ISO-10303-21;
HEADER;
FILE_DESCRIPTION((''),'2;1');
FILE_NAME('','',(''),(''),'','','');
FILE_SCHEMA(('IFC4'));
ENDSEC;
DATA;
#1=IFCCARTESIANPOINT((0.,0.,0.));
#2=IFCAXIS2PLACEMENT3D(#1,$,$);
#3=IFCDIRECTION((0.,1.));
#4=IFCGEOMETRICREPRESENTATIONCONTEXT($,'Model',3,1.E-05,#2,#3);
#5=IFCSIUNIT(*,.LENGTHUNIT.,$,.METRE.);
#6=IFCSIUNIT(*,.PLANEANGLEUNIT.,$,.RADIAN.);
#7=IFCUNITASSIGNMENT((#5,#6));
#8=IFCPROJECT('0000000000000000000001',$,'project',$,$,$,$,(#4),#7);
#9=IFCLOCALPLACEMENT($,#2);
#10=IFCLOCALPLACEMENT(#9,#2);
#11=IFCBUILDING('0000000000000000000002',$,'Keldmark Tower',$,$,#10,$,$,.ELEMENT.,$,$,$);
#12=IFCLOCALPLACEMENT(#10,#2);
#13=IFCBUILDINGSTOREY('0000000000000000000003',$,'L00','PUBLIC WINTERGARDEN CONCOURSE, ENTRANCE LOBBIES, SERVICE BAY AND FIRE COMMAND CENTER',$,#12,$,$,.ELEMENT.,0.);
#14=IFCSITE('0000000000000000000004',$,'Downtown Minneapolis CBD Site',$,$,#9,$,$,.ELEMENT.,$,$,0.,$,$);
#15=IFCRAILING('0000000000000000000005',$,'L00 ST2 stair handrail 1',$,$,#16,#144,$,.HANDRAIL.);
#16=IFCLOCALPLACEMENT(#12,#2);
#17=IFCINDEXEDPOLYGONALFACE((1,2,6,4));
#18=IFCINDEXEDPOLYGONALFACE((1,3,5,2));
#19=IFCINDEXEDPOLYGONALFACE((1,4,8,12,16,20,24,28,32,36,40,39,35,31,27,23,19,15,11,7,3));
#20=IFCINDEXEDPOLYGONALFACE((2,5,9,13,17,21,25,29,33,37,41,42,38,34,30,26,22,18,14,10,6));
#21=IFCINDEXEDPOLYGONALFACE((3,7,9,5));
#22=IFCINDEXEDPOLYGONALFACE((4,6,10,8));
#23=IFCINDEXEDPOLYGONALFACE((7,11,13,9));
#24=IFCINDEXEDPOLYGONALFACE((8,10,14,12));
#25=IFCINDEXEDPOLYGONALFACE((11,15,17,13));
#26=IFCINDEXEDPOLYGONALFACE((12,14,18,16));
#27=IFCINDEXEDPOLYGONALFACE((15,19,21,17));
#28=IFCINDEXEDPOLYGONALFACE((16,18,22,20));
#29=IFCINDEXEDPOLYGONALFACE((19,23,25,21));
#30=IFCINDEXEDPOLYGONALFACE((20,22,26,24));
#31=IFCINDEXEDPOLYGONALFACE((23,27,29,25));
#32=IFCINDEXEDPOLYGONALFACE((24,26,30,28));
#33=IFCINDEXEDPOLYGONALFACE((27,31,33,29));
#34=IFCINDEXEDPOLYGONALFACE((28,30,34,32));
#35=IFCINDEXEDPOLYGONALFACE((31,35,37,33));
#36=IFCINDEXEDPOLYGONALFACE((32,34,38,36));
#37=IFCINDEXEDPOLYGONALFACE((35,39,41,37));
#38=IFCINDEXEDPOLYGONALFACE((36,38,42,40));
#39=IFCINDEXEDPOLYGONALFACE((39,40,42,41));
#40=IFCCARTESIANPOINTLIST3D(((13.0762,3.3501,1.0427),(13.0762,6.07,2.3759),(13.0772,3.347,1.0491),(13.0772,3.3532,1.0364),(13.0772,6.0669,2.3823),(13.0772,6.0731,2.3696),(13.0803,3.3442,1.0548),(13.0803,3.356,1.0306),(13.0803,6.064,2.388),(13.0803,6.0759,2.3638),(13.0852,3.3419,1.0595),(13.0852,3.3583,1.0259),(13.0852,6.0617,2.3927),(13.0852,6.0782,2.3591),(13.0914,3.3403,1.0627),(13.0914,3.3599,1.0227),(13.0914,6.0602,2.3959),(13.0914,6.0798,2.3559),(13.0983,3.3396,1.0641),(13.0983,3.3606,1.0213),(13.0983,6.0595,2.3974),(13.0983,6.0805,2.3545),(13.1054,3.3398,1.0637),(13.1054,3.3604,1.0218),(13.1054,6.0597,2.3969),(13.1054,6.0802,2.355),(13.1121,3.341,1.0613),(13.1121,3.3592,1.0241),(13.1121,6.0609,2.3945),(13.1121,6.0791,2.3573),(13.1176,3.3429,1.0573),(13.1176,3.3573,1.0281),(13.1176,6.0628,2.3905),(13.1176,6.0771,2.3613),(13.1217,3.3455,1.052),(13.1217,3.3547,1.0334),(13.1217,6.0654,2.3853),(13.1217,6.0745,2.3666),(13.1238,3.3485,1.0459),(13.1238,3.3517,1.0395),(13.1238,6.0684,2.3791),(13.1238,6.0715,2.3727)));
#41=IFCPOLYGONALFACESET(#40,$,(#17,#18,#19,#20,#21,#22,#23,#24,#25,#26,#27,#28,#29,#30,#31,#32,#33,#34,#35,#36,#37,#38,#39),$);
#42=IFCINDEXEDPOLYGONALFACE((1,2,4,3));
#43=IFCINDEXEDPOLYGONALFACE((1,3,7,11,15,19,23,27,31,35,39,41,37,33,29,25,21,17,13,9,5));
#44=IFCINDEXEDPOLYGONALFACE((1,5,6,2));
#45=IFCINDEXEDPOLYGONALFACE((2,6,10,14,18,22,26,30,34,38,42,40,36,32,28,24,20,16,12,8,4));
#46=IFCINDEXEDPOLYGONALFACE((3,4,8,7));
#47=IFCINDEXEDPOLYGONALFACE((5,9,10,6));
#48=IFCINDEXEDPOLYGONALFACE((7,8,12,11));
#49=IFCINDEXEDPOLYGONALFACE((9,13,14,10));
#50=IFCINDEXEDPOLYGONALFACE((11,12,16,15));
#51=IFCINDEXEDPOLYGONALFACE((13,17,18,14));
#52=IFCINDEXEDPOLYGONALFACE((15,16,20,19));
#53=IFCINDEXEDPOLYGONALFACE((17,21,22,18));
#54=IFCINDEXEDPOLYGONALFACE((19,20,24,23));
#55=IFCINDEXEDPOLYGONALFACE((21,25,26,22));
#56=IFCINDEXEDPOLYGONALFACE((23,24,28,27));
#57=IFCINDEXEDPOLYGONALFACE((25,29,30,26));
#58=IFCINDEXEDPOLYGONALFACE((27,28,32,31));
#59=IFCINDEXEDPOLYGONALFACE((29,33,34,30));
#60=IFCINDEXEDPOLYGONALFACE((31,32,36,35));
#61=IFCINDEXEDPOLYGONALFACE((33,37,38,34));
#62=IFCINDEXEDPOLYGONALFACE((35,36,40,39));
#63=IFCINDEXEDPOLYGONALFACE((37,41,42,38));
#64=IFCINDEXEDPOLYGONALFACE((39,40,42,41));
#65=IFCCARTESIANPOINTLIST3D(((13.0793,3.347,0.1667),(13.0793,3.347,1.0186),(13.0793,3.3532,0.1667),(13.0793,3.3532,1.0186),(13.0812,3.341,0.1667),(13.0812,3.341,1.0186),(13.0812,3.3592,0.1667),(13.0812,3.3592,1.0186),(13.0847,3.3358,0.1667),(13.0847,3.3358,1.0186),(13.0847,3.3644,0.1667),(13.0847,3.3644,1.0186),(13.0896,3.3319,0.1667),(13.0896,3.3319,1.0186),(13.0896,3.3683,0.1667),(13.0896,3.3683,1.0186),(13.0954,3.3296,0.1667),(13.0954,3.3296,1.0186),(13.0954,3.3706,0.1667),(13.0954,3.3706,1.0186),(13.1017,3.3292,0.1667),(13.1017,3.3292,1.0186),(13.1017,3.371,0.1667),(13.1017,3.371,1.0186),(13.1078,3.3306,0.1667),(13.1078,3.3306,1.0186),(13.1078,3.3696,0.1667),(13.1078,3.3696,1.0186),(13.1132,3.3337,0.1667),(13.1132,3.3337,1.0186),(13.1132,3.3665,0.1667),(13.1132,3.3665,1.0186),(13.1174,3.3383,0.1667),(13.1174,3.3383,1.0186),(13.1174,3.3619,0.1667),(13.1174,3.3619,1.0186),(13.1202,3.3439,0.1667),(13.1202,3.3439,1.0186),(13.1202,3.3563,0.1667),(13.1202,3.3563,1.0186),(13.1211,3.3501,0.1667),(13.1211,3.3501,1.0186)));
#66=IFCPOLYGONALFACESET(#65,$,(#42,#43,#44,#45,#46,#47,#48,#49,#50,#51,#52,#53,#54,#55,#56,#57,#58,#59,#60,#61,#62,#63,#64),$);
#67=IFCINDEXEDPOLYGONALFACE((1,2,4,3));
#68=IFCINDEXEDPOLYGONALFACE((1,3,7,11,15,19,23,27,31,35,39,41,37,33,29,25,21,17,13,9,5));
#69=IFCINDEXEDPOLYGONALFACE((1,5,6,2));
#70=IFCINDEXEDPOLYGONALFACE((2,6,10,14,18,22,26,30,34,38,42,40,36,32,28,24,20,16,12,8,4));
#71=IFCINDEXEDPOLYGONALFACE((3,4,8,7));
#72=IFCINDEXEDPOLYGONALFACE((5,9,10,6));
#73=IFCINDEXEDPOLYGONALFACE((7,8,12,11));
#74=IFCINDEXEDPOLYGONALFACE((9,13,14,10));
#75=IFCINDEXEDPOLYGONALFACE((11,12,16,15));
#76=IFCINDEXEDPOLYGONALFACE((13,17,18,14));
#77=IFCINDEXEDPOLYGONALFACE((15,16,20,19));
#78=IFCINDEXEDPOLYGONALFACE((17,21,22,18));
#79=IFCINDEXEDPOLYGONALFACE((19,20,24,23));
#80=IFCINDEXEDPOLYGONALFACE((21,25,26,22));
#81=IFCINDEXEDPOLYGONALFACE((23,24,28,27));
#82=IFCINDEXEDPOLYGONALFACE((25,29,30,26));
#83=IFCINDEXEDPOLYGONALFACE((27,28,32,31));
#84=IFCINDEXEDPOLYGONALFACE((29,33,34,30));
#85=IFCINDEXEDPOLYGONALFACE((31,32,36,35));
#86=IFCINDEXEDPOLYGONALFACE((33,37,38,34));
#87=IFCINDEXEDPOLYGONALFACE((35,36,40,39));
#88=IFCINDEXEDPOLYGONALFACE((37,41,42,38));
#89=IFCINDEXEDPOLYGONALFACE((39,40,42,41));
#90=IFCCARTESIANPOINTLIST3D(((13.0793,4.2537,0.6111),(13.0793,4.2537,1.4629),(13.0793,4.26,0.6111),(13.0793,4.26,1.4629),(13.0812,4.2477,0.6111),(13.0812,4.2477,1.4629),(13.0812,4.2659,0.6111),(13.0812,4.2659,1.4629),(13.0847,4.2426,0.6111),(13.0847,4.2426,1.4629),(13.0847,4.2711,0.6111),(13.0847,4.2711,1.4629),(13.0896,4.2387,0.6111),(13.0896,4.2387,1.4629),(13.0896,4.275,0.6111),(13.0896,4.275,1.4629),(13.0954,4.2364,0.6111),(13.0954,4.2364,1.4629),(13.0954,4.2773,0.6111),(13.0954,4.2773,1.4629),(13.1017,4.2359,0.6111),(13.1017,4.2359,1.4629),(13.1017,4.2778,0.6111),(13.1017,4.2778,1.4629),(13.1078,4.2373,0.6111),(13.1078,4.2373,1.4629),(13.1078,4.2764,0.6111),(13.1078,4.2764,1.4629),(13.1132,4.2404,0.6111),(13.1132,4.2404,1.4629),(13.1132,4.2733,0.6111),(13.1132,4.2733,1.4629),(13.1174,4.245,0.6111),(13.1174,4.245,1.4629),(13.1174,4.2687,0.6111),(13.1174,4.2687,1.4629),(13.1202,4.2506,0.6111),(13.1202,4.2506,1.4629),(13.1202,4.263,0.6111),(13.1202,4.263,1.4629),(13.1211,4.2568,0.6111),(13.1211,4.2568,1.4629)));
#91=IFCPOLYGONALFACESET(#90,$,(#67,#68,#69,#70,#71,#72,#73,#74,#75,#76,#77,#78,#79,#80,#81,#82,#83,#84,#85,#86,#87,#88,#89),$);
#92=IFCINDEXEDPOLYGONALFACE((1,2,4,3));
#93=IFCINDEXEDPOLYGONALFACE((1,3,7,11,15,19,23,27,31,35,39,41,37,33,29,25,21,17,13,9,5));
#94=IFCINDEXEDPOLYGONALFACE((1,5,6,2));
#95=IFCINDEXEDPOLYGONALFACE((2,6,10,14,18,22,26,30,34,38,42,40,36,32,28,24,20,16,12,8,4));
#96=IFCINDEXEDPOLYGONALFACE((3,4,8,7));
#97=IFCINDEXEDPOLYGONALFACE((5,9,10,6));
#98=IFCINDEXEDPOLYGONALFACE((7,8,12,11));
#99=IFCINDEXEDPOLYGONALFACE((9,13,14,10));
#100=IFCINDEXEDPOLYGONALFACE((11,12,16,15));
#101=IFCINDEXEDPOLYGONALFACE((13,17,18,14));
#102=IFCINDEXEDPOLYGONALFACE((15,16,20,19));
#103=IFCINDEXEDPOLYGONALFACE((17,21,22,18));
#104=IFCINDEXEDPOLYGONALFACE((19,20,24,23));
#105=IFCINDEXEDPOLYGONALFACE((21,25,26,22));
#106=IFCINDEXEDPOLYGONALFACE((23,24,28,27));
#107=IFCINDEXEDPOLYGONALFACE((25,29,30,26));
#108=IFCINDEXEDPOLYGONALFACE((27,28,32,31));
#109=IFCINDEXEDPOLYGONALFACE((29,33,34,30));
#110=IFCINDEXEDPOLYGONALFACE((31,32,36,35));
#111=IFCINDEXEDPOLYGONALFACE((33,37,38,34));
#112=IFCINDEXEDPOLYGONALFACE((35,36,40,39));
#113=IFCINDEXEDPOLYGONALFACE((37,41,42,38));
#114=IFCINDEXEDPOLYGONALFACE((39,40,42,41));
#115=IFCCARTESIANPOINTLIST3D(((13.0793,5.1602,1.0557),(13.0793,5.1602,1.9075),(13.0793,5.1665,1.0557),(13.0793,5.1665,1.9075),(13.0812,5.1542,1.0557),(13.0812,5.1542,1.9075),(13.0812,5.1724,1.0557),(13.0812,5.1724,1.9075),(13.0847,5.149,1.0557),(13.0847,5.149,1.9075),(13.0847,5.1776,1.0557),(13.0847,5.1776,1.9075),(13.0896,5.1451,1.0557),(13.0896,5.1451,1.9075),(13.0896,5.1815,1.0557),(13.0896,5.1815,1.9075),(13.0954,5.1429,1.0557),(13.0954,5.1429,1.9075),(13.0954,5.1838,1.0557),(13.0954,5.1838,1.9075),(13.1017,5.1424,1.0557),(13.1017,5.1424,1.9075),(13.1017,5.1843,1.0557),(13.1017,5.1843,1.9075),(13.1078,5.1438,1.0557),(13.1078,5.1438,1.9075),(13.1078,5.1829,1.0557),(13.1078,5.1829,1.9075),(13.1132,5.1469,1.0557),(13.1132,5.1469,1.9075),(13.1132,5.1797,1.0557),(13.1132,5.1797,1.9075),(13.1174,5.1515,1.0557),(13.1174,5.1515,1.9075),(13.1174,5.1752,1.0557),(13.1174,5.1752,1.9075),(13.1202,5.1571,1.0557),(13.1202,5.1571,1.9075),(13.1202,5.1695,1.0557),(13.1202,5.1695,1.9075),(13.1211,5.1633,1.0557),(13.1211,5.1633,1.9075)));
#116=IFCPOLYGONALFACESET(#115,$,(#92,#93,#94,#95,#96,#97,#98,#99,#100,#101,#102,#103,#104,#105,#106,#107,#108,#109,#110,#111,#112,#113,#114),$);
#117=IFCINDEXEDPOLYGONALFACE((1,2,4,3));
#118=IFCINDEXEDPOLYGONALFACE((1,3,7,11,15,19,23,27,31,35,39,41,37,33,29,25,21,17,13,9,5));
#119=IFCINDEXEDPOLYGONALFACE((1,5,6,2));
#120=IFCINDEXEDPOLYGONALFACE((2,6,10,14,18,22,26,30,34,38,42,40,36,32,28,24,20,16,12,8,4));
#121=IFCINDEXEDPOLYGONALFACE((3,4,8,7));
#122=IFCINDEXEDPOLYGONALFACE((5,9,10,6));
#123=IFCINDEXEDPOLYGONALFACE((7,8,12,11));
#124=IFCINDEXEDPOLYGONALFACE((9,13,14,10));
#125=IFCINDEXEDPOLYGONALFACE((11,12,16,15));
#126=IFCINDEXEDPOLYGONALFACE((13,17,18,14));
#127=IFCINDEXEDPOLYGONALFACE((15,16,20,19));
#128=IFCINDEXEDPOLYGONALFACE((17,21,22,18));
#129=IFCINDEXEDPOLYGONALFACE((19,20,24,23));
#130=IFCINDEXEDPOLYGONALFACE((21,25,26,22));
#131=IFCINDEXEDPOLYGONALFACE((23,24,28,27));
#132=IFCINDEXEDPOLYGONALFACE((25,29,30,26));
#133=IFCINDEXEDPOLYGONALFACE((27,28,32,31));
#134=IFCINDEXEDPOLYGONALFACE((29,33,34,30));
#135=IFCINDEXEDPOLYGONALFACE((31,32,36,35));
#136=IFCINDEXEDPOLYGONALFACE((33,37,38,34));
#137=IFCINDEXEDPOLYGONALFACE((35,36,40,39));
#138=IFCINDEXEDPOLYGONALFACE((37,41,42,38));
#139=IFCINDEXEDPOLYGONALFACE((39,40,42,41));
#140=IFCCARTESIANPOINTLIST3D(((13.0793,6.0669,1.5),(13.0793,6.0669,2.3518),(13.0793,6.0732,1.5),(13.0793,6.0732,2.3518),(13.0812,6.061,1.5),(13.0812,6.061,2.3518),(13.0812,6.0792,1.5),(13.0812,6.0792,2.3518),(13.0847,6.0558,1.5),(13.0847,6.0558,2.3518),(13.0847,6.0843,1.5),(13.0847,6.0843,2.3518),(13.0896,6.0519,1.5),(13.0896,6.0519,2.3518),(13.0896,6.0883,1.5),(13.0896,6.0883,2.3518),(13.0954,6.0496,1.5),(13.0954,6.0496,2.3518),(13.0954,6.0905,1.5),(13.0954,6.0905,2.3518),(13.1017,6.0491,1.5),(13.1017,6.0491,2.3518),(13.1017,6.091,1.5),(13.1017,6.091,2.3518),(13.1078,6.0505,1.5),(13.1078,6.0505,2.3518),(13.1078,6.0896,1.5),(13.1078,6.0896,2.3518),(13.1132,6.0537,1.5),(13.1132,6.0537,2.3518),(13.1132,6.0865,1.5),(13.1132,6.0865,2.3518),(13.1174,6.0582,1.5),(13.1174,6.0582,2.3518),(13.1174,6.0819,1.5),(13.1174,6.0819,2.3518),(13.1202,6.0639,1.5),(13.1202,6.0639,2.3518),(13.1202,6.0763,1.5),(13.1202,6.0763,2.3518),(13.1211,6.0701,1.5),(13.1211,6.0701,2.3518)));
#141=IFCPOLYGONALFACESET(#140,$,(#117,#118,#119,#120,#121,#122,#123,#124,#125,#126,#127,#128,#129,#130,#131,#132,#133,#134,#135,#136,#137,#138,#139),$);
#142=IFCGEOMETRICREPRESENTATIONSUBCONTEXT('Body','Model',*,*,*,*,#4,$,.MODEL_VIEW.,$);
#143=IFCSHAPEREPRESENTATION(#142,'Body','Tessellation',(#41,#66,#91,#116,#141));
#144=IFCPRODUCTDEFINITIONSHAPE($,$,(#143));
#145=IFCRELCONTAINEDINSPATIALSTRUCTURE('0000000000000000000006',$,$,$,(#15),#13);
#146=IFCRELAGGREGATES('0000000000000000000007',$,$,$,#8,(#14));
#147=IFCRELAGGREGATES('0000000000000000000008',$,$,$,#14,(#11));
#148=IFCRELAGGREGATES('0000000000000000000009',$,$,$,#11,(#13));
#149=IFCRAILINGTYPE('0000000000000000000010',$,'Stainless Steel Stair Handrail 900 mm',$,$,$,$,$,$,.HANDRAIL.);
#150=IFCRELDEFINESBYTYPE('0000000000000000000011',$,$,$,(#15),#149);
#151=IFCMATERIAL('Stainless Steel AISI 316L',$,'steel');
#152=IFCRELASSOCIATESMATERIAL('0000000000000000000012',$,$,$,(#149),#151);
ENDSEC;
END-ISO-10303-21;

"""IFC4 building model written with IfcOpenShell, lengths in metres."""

from ifc_helpers import new_model, si_unit, direction, frame, origin, origin_2d, place, context, subcontext, project, spatial, circle, extrude, material, type_object, element, save


model = new_model("IFC4")

# Units and contexts
model_context = context("Model", 3, precision=1e-05, world=origin(), true_north=direction((0.0, 1.0)))
body_context = subcontext(model_context, "Body", "Model", "MODEL_VIEW")
ifc_project = project(units=[si_unit("LENGTHUNIT", "METRE"), si_unit("PLANEANGLEUNIT", "RADIAN")], contexts=[model_context])

# Site, building, storey
site_placement = place(None, origin())
site = spatial("IfcSite", under=ifc_project, at=site_placement, Name="Downtown Minneapolis CBD Site", CompositionType="ELEMENT", RefElevation=0.0)
building_placement = place(site_placement, origin())
building = spatial("IfcBuilding", under=site, at=building_placement, Name="Keldmark Tower", CompositionType="ELEMENT")
storey_placement = place(building_placement, origin())
storey = spatial("IfcBuildingStorey", under=building, at=storey_placement, Name="L00", Description="PUBLIC WINTERGARDEN CONCOURSE, ENTRANCE LOBBIES, SERVICE BAY AND FIRE COMMAND CENTER", CompositionType="ELEMENT", Elevation=0.0)

# Railing
ifc_material_1 = material(Name="Stainless Steel AISI 316L", Category="steel")
railing_type_1 = type_object("IfcRailingType", Name="Stainless Steel Stair Handrail 900 mm", PredefinedType="HANDRAIL", material=ifc_material_1)
for number, where, name in (
    (1, (13.1001, 3.3501, 0.1667), "L00 ST2 stair handrail 1"),
):
    element("IfcRailing", number, at=place(storey_placement, frame(where)), inside=storey, type_object=railing_type_1, Name=name, PredefinedType="HANDRAIL", context=body_context, shape_type="SweptSolid", body=[
        extrude(circle(Radius=0.0239, at=origin_2d()), frame((0.0, 0.0, 0.876), z_axis=(0.0, 0.897929, 0.440139), x_axis=(-1.0, 0.0, 0.0)), (0.0, 0.0, 1.0), 3.0291),
        extrude(circle(Radius=0.021, at=origin_2d()), origin(), (0.0, 0.0, 1.0), 0.8518),
        extrude(circle(Radius=0.021, at=origin_2d()), frame((0.0, 0.9067, 0.4443)), (0.0, 0.0, 1.0), 0.8518),
        extrude(circle(Radius=0.021, at=origin_2d()), frame((0.0, 1.8132, 0.8889)), (0.0, 0.0, 1.0), 0.8518),
        extrude(circle(Radius=0.021, at=origin_2d()), frame((0.0, 2.72, 1.3333)), (0.0, 0.0, 1.0), 0.8518),
    ])

save(model, "model.ifc")
